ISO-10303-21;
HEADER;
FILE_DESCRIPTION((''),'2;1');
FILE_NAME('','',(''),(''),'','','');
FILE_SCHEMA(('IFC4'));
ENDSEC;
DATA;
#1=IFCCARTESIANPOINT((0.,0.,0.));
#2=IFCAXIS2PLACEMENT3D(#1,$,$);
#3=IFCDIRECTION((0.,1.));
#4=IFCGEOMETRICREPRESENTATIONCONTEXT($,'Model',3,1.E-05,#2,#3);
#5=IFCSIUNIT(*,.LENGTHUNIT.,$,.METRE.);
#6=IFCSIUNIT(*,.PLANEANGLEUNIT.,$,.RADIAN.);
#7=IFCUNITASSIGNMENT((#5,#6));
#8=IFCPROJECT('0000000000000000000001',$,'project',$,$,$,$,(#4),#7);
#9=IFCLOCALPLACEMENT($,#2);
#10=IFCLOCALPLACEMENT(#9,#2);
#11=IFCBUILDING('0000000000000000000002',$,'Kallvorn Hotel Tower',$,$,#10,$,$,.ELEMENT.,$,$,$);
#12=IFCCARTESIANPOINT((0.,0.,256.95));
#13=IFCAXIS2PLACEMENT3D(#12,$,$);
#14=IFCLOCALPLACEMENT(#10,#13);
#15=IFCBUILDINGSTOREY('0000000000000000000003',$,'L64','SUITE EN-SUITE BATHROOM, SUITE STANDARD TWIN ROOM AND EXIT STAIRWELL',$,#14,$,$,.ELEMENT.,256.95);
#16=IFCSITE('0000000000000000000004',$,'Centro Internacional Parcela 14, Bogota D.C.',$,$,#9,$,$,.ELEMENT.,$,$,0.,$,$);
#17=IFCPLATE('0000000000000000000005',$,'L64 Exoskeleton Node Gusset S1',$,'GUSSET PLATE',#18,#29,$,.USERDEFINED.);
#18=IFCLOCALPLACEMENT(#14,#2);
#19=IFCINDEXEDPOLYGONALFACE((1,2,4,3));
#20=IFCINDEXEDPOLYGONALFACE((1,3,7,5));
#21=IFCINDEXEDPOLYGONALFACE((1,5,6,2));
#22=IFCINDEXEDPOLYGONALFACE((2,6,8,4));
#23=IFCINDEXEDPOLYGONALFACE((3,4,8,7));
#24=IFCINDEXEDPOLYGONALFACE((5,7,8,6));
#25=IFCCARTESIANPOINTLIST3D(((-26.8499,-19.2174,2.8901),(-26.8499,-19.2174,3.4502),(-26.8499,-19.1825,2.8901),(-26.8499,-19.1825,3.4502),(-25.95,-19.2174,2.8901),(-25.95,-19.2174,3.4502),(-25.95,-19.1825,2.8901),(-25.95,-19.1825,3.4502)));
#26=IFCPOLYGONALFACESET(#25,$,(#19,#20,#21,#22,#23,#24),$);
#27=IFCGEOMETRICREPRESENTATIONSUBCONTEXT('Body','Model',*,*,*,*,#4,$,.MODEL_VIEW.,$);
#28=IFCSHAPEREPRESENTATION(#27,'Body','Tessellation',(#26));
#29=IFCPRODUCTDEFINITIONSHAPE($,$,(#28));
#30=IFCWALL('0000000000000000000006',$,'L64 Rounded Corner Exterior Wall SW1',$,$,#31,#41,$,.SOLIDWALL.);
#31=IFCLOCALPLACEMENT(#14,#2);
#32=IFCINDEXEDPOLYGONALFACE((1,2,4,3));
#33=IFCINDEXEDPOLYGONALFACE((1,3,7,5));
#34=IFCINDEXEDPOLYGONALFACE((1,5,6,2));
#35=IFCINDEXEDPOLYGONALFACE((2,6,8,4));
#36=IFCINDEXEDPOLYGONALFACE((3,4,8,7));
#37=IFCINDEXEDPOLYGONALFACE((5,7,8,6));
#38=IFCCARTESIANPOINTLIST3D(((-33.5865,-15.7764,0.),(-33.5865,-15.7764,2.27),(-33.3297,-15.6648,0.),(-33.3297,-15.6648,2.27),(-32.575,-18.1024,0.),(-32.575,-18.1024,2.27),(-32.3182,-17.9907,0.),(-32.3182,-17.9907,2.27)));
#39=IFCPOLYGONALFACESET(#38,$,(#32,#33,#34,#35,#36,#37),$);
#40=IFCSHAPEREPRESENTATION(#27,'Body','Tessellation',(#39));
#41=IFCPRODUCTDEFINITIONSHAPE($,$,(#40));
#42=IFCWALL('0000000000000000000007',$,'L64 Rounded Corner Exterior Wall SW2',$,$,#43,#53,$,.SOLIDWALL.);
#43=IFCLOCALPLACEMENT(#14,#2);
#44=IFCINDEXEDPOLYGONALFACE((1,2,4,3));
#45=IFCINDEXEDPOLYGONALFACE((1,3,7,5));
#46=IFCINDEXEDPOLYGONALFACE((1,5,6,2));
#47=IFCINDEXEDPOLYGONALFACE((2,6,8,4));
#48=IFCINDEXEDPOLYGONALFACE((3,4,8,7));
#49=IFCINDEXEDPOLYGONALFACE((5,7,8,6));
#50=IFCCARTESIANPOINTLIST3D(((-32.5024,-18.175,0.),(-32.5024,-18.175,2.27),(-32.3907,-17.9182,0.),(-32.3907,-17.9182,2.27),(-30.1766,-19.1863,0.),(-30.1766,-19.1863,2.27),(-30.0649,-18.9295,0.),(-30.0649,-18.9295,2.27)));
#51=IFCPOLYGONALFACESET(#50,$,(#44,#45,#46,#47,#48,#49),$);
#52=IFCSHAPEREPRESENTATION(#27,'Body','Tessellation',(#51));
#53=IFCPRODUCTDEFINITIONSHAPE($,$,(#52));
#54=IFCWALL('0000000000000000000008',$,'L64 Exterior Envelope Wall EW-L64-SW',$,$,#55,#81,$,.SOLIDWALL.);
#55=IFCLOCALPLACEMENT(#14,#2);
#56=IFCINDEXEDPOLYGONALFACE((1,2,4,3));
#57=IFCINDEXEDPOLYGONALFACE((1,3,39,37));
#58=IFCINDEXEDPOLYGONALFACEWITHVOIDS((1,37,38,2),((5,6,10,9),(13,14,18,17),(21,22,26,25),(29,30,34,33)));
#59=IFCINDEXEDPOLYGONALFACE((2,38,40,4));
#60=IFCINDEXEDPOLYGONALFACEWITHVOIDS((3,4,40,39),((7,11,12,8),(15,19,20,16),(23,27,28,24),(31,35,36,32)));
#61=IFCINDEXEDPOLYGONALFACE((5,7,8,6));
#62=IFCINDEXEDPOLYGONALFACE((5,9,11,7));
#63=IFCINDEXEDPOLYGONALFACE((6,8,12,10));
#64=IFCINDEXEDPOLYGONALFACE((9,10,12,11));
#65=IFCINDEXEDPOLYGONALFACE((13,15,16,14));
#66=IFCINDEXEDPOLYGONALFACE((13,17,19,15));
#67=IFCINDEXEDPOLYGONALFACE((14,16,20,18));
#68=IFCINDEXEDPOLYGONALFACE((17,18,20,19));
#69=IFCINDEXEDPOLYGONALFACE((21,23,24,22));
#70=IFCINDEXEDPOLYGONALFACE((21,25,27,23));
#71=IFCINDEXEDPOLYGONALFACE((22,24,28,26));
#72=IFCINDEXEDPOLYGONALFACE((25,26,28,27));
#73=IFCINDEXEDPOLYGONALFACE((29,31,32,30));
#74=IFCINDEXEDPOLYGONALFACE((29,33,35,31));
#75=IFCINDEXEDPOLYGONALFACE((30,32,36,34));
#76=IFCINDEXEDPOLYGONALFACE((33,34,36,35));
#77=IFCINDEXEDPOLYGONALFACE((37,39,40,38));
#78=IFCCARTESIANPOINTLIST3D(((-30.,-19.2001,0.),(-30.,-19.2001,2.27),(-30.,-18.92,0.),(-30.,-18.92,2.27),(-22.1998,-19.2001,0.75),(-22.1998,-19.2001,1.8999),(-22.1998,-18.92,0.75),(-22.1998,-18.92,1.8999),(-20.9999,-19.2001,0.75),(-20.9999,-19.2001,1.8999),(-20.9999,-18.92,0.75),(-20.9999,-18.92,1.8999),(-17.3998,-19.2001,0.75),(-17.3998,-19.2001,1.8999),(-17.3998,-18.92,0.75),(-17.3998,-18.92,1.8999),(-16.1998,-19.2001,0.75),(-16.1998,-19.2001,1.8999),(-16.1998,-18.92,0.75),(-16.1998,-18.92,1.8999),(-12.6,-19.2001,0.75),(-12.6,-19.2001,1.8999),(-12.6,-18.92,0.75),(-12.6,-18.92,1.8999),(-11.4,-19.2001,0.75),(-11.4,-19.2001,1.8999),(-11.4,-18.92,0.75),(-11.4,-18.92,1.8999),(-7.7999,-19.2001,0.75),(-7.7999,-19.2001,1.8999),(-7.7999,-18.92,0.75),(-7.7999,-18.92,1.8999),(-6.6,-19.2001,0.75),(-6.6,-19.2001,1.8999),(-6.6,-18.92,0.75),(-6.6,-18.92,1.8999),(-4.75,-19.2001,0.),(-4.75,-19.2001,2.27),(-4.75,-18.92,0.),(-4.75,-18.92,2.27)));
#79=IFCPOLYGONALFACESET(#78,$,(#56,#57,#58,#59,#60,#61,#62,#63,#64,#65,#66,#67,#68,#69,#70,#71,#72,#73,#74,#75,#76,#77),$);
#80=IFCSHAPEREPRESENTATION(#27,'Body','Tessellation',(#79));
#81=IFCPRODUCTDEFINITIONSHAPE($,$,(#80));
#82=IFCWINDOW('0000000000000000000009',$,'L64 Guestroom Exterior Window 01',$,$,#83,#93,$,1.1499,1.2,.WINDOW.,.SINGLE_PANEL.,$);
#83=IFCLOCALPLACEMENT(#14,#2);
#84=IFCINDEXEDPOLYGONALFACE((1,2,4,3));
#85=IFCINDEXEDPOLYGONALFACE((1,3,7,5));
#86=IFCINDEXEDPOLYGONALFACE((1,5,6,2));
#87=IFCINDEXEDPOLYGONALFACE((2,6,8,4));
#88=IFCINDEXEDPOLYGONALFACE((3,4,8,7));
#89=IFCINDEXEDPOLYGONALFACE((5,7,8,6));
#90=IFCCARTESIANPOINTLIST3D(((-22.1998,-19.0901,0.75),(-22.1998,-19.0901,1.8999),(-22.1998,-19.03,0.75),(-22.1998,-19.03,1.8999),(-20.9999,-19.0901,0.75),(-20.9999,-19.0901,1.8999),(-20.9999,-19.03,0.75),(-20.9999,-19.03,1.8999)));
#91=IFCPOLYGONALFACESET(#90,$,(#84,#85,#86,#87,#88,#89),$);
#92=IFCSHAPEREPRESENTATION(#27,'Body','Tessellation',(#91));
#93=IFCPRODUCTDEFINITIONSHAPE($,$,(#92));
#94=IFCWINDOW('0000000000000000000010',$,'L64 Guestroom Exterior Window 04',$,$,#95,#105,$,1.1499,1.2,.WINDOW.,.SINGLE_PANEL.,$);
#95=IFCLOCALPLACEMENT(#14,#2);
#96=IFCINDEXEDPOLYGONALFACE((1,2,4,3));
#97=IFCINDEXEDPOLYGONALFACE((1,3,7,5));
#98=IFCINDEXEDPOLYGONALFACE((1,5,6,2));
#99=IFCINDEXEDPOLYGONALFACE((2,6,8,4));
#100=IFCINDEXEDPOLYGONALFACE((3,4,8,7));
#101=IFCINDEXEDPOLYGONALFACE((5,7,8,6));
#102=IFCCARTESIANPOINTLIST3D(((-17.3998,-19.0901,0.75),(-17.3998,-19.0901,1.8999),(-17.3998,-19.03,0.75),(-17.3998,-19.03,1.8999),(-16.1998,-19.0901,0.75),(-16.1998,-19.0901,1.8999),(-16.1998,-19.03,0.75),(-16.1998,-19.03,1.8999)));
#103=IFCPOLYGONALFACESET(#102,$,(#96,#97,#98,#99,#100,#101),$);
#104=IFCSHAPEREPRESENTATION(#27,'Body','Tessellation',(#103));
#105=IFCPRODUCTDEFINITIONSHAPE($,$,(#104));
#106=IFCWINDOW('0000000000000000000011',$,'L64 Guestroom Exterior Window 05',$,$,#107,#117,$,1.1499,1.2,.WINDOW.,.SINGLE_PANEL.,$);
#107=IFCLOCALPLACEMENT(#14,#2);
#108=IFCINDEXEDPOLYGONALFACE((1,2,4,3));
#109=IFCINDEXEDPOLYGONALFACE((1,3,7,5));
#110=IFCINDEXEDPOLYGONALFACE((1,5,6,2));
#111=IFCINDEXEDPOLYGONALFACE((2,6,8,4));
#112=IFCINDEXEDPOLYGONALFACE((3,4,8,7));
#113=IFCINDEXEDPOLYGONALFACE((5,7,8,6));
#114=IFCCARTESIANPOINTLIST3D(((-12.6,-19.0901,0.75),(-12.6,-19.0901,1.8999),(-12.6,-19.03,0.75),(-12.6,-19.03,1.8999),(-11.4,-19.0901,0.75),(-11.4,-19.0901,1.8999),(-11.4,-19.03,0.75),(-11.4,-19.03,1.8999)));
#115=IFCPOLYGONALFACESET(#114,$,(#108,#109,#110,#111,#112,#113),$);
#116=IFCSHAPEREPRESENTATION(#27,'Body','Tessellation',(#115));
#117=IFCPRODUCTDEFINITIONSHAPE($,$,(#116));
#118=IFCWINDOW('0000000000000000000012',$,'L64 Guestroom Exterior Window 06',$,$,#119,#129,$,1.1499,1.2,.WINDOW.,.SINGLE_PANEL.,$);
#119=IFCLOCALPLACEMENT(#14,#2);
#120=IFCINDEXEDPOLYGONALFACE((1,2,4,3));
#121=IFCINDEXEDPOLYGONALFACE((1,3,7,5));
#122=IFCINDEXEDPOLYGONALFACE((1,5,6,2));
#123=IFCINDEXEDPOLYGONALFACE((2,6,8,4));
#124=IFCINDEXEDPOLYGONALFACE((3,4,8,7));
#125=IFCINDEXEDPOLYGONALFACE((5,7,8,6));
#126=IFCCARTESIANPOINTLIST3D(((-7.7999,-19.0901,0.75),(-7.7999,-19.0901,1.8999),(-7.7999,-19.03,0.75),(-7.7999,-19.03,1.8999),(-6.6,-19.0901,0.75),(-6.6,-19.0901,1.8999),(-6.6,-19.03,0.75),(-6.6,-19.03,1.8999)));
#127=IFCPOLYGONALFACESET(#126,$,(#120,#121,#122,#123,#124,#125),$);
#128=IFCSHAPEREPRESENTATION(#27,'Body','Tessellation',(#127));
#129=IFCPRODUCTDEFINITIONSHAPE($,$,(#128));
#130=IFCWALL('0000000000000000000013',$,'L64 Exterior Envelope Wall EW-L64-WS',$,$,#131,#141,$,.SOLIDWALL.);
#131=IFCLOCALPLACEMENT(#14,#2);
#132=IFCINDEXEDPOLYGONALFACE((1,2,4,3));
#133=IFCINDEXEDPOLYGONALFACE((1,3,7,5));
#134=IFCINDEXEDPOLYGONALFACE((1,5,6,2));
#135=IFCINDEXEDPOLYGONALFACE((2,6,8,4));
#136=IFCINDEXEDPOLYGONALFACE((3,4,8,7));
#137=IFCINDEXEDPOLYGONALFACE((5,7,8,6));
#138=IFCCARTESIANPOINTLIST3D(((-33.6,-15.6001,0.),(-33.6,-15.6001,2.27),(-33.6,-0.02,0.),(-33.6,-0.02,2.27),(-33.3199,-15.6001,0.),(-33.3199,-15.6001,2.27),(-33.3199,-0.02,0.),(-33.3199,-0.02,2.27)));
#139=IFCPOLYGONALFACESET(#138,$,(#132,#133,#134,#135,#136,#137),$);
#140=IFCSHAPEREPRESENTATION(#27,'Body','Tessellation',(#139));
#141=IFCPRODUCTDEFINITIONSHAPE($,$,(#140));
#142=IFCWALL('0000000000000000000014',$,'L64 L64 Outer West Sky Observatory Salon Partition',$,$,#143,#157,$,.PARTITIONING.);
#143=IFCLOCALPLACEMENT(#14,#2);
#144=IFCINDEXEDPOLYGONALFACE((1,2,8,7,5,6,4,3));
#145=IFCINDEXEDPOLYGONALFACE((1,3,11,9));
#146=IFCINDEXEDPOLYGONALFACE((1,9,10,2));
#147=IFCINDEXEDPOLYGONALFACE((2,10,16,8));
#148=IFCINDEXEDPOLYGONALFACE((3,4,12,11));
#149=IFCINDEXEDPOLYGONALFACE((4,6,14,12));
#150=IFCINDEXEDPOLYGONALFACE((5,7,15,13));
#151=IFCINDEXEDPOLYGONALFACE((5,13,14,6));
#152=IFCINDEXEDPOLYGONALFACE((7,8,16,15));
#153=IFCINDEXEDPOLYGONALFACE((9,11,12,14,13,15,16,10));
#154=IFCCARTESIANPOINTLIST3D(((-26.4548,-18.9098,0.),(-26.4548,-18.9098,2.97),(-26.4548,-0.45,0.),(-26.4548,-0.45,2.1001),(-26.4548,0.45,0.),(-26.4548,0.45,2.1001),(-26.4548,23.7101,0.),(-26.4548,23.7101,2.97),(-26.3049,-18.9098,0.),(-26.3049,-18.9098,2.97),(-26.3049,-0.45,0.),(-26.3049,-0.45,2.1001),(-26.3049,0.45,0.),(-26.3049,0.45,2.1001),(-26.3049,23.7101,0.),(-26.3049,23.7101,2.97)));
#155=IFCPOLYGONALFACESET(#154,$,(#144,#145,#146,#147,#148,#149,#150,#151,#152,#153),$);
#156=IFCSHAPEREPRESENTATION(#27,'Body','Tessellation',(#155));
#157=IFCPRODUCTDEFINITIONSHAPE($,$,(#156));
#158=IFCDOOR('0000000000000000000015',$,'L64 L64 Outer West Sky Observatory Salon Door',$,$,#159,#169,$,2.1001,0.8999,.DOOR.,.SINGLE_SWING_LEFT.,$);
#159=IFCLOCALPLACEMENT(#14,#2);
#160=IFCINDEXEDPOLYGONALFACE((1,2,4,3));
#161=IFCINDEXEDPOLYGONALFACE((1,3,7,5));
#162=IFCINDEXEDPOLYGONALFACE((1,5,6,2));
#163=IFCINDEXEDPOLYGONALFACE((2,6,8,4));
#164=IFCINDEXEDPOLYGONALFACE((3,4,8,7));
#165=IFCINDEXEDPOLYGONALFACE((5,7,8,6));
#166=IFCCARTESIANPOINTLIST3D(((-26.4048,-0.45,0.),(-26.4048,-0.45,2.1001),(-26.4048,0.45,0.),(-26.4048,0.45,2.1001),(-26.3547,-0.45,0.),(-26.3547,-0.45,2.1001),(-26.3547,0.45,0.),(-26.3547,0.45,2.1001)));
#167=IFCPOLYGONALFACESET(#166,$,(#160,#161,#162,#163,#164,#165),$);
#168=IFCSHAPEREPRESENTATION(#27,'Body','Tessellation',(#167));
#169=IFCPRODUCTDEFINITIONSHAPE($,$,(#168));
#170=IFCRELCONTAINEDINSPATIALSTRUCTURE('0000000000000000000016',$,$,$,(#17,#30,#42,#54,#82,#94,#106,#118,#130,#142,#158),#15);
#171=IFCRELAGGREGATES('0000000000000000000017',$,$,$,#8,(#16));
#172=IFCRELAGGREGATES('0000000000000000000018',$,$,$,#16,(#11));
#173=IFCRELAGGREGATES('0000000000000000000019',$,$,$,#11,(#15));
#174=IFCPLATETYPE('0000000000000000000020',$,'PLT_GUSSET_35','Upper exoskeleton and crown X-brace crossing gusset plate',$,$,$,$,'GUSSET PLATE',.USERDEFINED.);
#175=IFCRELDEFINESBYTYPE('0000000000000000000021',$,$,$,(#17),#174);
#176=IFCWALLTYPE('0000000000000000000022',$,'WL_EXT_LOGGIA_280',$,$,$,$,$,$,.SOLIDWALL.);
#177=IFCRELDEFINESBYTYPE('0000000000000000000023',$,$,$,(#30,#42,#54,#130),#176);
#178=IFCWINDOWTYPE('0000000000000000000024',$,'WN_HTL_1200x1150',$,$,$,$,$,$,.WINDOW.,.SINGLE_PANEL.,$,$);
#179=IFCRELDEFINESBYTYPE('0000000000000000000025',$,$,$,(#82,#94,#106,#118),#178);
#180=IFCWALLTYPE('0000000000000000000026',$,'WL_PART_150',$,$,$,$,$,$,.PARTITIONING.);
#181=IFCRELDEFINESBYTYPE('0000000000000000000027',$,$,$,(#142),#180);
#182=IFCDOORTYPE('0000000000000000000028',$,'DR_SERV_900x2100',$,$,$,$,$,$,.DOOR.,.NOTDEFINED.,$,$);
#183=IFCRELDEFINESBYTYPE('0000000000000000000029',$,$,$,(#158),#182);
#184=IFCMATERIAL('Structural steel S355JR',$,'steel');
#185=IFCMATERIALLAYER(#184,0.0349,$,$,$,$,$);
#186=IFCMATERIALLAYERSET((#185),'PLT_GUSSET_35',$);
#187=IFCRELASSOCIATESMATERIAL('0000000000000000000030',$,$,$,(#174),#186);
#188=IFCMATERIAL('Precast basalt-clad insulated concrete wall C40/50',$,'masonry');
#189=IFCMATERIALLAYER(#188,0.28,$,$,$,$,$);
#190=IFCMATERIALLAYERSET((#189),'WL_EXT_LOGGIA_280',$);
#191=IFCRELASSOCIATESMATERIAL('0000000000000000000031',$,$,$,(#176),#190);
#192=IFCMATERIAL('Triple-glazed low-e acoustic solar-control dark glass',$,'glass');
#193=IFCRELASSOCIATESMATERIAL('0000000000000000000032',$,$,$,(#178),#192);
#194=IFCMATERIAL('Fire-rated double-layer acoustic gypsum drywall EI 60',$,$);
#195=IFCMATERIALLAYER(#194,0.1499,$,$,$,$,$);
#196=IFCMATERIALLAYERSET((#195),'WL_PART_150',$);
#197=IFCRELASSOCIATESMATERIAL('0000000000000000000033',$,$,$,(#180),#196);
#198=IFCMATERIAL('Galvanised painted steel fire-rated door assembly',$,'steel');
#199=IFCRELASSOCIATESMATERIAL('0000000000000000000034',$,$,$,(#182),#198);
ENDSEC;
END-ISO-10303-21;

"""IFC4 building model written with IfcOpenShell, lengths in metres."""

from ifc_helpers import new_model, si_unit, direction, frame, frame_2d, origin, origin_2d, place, context, subcontext, project, spatial, rectangle, extrude, material, layer, layer_set, type_object, element, fill, save


model = new_model("IFC4")

# Units and contexts
model_context = context("Model", 3, precision=1e-05, world=origin(), true_north=direction((0.0, 1.0)))
body_context = subcontext(model_context, "Body", "Model", "MODEL_VIEW")
ifc_project = project(units=[si_unit("LENGTHUNIT", "METRE"), si_unit("PLANEANGLEUNIT", "RADIAN")], contexts=[model_context])

# Site, building, storey
site_placement = place(None, origin())
site = spatial("IfcSite", under=ifc_project, at=site_placement, Name="Centro Internacional Parcela 14, Bogota D.C.", CompositionType="ELEMENT", RefElevation=0.0)
building_placement = place(site_placement, origin())
building = spatial("IfcBuilding", under=site, at=building_placement, Name="Kallvorn Hotel Tower", CompositionType="ELEMENT")
storey_placement = place(building_placement, frame((0.0, 0.0, 256.95)))
storey = spatial("IfcBuildingStorey", under=building, at=storey_placement, Name="L64", Description="SUITE EN-SUITE BATHROOM, SUITE STANDARD TWIN ROOM AND EXIT STAIRWELL", CompositionType="ELEMENT", Elevation=256.95)

# Plate
ifc_material_1 = material(Name="Structural steel S355JR", Category="steel")
ifc_layer_1 = layer(ifc_material_1, 0.0349)
ifc_layer_set_1 = layer_set([ifc_layer_1], Name="PLT_GUSSET_35")
plate_type_1 = type_object("IfcPlateType", Name="PLT_GUSSET_35", Description="Upper exoskeleton and crown X-brace crossing gusset plate", ElementType="GUSSET PLATE", PredefinedType="USERDEFINED", material=ifc_layer_set_1)
plate_1_placement = place(storey_placement, frame((-26.3999, -19.2, 2.8901), z_axis=(0.0, 0.0, 1.0), x_axis=(1.0, 0.0, 0.0)))
element("IfcPlate", 1, at=plate_1_placement, inside=storey, type_object=plate_type_1, Name="L64 Exoskeleton Node Gusset S1", ObjectType="GUSSET PLATE", PredefinedType="USERDEFINED", context=body_context, shape_type="SweptSolid", body=[
    extrude(rectangle(XDim=0.8999, YDim=0.0349, at=origin_2d()), origin(), (0.0, 0.0, 1.0), 0.5601),
])

# Walls
ifc_material_2 = material(Name="Precast basalt-clad insulated concrete wall C40/50", Category="masonry")
ifc_layer_2 = layer(ifc_material_2, 0.28)
ifc_layer_set_2 = layer_set([ifc_layer_2], Name="WL_EXT_LOGGIA_280")
wall_type_1 = type_object("IfcWallType", Name="WL_EXT_LOGGIA_280", PredefinedType="SOLIDWALL", material=ifc_layer_set_2)
wall_1_placement = place(storey_placement, frame((-33.458, -15.7207, 0.0), z_axis=(0.0, 0.0, 1.0), x_axis=(0.398793, -0.917041, 0.0)))
element("IfcWall", 2, at=wall_1_placement, inside=storey, type_object=wall_type_1, Name="L64 Rounded Corner Exterior Wall SW1", PredefinedType="SOLIDWALL", context=body_context, shape_type="SweptSolid", body=[
    extrude(rectangle(XDim=2.5364, YDim=0.28, at=frame_2d((1.2681, 0.0))), origin(), (0.0, 0.0, 1.0), 2.27),
])
wall_2_placement = place(storey_placement, frame((-32.4465, -18.0466, 0.0), z_axis=(0.0, 0.0, 1.0), x_axis=(0.917061, -0.398747, 0.0)))
element("IfcWall", 3, at=wall_2_placement, inside=storey, type_object=wall_type_1, Name="L64 Rounded Corner Exterior Wall SW2", PredefinedType="SOLIDWALL", context=body_context, shape_type="SweptSolid", body=[
    extrude(rectangle(XDim=2.5361, YDim=0.28, at=frame_2d((1.2681, 0.0))), origin(), (0.0, 0.0, 1.0), 2.27),
])

# Wall, openings, windows
wall_3_placement = place(storey_placement, frame((-30.0, -19.0601, 0.0), z_axis=(0.0, 0.0, 1.0), x_axis=(1.0, 0.0, 0.0)))
wall_3 = element("IfcWall", 4, at=wall_3_placement, inside=storey, type_object=wall_type_1, Name="L64 Exterior Envelope Wall EW-L64-SW", PredefinedType="SOLIDWALL", context=body_context, shape_type="SweptSolid", body=[
    extrude(rectangle(XDim=25.25, YDim=0.28, at=frame_2d((12.625, 0.0))), origin(), (0.0, 0.0, 1.0), 2.27),
])
opening_1_placement = place(wall_3_placement, frame((7.8, 0.0, 0.75)))
opening_1 = element("IfcOpeningElement", 5, at=opening_1_placement, cuts=wall_3, PredefinedType="OPENING", context=body_context, shape_type="SweptSolid", body=[
    extrude(rectangle(XDim=1.2, YDim=1.1499, at=frame_2d((0.6001, 0.575))), frame((0.0, 0.155, 0.0), z_axis=(0.0, -1.0, 0.0), x_axis=(1.0, 0.0, 0.0)), (0.0, 0.0, 1.0), 0.3101),
])
opening_2_placement = place(wall_3_placement, frame((12.6001, 0.0, 0.75)))
opening_2 = element("IfcOpeningElement", 6, at=opening_2_placement, cuts=wall_3, PredefinedType="OPENING", context=body_context, shape_type="SweptSolid", body=[
    extrude(rectangle(XDim=1.2, YDim=1.1499, at=frame_2d((0.6001, 0.575))), frame((0.0, 0.155, 0.0), z_axis=(0.0, -1.0, 0.0), x_axis=(1.0, 0.0, 0.0)), (0.0, 0.0, 1.0), 0.3101),
])
opening_3_placement = place(wall_3_placement, frame((17.3999, 0.0, 0.75)))
opening_3 = element("IfcOpeningElement", 7, at=opening_3_placement, cuts=wall_3, PredefinedType="OPENING", context=body_context, shape_type="SweptSolid", body=[
    extrude(rectangle(XDim=1.2, YDim=1.1499, at=frame_2d((0.6001, 0.575))), frame((0.0, 0.155, 0.0), z_axis=(0.0, -1.0, 0.0), x_axis=(1.0, 0.0, 0.0)), (0.0, 0.0, 1.0), 0.3101),
])
opening_4_placement = place(wall_3_placement, frame((22.2, 0.0, 0.75)))
opening_4 = element("IfcOpeningElement", 8, at=opening_4_placement, cuts=wall_3, PredefinedType="OPENING", context=body_context, shape_type="SweptSolid", body=[
    extrude(rectangle(XDim=1.2, YDim=1.1499, at=frame_2d((0.6001, 0.575))), frame((0.0, 0.155, 0.0), z_axis=(0.0, -1.0, 0.0), x_axis=(1.0, 0.0, 0.0)), (0.0, 0.0, 1.0), 0.3101),
])
ifc_material_3 = material(Name="Triple-glazed low-e acoustic solar-control dark glass", Category="glass")
window_type = type_object("IfcWindowType", Name="WN_HTL_1200x1150", PartitioningType="SINGLE_PANEL", PredefinedType="WINDOW", material=ifc_material_3)
window_1_placement = place(opening_1_placement, origin())
window_1 = element("IfcWindow", 9, at=window_1_placement, inside=storey, type_object=window_type, Name="L64 Guestroom Exterior Window 01", OverallHeight=1.1499, OverallWidth=1.2, PartitioningType="SINGLE_PANEL", PredefinedType="WINDOW", context=body_context, shape_type="SweptSolid", body=[
    extrude(rectangle(XDim=1.2, YDim=1.1499, at=frame_2d((0.6001, 0.575))), frame((0.0, 0.03, 0.0), z_axis=(0.0, -1.0, 0.0), x_axis=(1.0, 0.0, 0.0)), (0.0, 0.0, 1.0), 0.0601),
])
fill(opening_1, window_1)
window_2_placement = place(opening_2_placement, origin())
window_2 = element("IfcWindow", 10, at=window_2_placement, inside=storey, type_object=window_type, Name="L64 Guestroom Exterior Window 04", OverallHeight=1.1499, OverallWidth=1.2, PartitioningType="SINGLE_PANEL", PredefinedType="WINDOW", context=body_context, shape_type="SweptSolid", body=[
    extrude(rectangle(XDim=1.2, YDim=1.1499, at=frame_2d((0.6001, 0.575))), frame((0.0, 0.03, 0.0), z_axis=(0.0, -1.0, 0.0), x_axis=(1.0, 0.0, 0.0)), (0.0, 0.0, 1.0), 0.0601),
])
fill(opening_2, window_2)
window_3_placement = place(opening_3_placement, origin())
window_3 = element("IfcWindow", 11, at=window_3_placement, inside=storey, type_object=window_type, Name="L64 Guestroom Exterior Window 05", OverallHeight=1.1499, OverallWidth=1.2, PartitioningType="SINGLE_PANEL", PredefinedType="WINDOW", context=body_context, shape_type="SweptSolid", body=[
    extrude(rectangle(XDim=1.2, YDim=1.1499, at=frame_2d((0.6001, 0.575))), frame((0.0, 0.03, 0.0), z_axis=(0.0, -1.0, 0.0), x_axis=(1.0, 0.0, 0.0)), (0.0, 0.0, 1.0), 0.0601),
])
fill(opening_3, window_3)
window_4_placement = place(opening_4_placement, origin())
window_4 = element("IfcWindow", 12, at=window_4_placement, inside=storey, type_object=window_type, Name="L64 Guestroom Exterior Window 06", OverallHeight=1.1499, OverallWidth=1.2, PartitioningType="SINGLE_PANEL", PredefinedType="WINDOW", context=body_context, shape_type="SweptSolid", body=[
    extrude(rectangle(XDim=1.2, YDim=1.1499, at=frame_2d((0.6001, 0.575))), frame((0.0, 0.03, 0.0), z_axis=(0.0, -1.0, 0.0), x_axis=(1.0, 0.0, 0.0)), (0.0, 0.0, 1.0), 0.0601),
])
fill(opening_4, window_4)

# Wall
wall_4_placement = place(storey_placement, frame((-33.46, -15.6001, 0.0), z_axis=(0.0, 0.0, 1.0), x_axis=(0.0, 1.0, 0.0)))
element("IfcWall", 13, at=wall_4_placement, inside=storey, type_object=wall_type_1, Name="L64 Exterior Envelope Wall EW-L64-WS", PredefinedType="SOLIDWALL", context=body_context, shape_type="SweptSolid", body=[
    extrude(rectangle(XDim=15.5801, YDim=0.28, at=frame_2d((7.79, 0.0))), origin(), (0.0, 0.0, 1.0), 2.27),
])

# Wall, opening, door
ifc_material_4 = material(Name="Fire-rated double-layer acoustic gypsum drywall EI 60")
ifc_layer_3 = layer(ifc_material_4, 0.1499)
ifc_layer_set_3 = layer_set([ifc_layer_3], Name="WL_PART_150")
wall_type_2 = type_object("IfcWallType", Name="WL_PART_150", PredefinedType="PARTITIONING", material=ifc_layer_set_3)
wall_5_placement = place(storey_placement, frame((-26.3799, -18.9099, 0.0), z_axis=(0.0, 0.0, 1.0), x_axis=(0.0, 1.0, 0.0)))
wall_5 = element("IfcWall", 14, at=wall_5_placement, inside=storey, type_object=wall_type_2, Name="L64 L64 Outer West Sky Observatory Salon Partition", PredefinedType="PARTITIONING", context=body_context, shape_type="SweptSolid", body=[
    extrude(rectangle(XDim=42.6199, YDim=0.1499, at=frame_2d((21.3101, 0.0))), origin(), (0.0, 0.0, 1.0), 2.97),
])
opening_5_placement = place(wall_5_placement, frame((18.46, 0.0, 0.0)))
opening_5 = element("IfcOpeningElement", 15, at=opening_5_placement, cuts=wall_5, PredefinedType="OPENING", context=body_context, shape_type="SweptSolid", body=[
    extrude(rectangle(XDim=0.8999, YDim=2.1001, at=frame_2d((0.45, 1.05))), frame((0.0, 0.0898, 0.0), z_axis=(0.0, -1.0, 0.0), x_axis=(1.0, 0.0, 0.0)), (0.0, 0.0, 1.0), 0.1799),
])
ifc_material_5 = material(Name="Galvanised painted steel fire-rated door assembly", Category="steel")
door_type = type_object("IfcDoorType", Name="DR_SERV_900x2100", OperationType="NOTDEFINED", PredefinedType="DOOR", material=ifc_material_5)
door_placement = place(opening_5_placement, origin())
door = element("IfcDoor", 16, at=door_placement, inside=storey, type_object=door_type, Name="L64 L64 Outer West Sky Observatory Salon Door", OperationType="SINGLE_SWING_LEFT", OverallHeight=2.1001, OverallWidth=0.8999, PredefinedType="DOOR", context=body_context, shape_type="SweptSolid", body=[
    extrude(rectangle(XDim=0.8999, YDim=2.1001, at=frame_2d((0.45, 1.05))), frame((0.0, 0.0249, 0.0), z_axis=(0.0, -1.0, 0.0), x_axis=(1.0, 0.0, 0.0)), (0.0, 0.0, 1.0), 0.05),
])
fill(opening_5, door)

save(model, "model.ifc")
